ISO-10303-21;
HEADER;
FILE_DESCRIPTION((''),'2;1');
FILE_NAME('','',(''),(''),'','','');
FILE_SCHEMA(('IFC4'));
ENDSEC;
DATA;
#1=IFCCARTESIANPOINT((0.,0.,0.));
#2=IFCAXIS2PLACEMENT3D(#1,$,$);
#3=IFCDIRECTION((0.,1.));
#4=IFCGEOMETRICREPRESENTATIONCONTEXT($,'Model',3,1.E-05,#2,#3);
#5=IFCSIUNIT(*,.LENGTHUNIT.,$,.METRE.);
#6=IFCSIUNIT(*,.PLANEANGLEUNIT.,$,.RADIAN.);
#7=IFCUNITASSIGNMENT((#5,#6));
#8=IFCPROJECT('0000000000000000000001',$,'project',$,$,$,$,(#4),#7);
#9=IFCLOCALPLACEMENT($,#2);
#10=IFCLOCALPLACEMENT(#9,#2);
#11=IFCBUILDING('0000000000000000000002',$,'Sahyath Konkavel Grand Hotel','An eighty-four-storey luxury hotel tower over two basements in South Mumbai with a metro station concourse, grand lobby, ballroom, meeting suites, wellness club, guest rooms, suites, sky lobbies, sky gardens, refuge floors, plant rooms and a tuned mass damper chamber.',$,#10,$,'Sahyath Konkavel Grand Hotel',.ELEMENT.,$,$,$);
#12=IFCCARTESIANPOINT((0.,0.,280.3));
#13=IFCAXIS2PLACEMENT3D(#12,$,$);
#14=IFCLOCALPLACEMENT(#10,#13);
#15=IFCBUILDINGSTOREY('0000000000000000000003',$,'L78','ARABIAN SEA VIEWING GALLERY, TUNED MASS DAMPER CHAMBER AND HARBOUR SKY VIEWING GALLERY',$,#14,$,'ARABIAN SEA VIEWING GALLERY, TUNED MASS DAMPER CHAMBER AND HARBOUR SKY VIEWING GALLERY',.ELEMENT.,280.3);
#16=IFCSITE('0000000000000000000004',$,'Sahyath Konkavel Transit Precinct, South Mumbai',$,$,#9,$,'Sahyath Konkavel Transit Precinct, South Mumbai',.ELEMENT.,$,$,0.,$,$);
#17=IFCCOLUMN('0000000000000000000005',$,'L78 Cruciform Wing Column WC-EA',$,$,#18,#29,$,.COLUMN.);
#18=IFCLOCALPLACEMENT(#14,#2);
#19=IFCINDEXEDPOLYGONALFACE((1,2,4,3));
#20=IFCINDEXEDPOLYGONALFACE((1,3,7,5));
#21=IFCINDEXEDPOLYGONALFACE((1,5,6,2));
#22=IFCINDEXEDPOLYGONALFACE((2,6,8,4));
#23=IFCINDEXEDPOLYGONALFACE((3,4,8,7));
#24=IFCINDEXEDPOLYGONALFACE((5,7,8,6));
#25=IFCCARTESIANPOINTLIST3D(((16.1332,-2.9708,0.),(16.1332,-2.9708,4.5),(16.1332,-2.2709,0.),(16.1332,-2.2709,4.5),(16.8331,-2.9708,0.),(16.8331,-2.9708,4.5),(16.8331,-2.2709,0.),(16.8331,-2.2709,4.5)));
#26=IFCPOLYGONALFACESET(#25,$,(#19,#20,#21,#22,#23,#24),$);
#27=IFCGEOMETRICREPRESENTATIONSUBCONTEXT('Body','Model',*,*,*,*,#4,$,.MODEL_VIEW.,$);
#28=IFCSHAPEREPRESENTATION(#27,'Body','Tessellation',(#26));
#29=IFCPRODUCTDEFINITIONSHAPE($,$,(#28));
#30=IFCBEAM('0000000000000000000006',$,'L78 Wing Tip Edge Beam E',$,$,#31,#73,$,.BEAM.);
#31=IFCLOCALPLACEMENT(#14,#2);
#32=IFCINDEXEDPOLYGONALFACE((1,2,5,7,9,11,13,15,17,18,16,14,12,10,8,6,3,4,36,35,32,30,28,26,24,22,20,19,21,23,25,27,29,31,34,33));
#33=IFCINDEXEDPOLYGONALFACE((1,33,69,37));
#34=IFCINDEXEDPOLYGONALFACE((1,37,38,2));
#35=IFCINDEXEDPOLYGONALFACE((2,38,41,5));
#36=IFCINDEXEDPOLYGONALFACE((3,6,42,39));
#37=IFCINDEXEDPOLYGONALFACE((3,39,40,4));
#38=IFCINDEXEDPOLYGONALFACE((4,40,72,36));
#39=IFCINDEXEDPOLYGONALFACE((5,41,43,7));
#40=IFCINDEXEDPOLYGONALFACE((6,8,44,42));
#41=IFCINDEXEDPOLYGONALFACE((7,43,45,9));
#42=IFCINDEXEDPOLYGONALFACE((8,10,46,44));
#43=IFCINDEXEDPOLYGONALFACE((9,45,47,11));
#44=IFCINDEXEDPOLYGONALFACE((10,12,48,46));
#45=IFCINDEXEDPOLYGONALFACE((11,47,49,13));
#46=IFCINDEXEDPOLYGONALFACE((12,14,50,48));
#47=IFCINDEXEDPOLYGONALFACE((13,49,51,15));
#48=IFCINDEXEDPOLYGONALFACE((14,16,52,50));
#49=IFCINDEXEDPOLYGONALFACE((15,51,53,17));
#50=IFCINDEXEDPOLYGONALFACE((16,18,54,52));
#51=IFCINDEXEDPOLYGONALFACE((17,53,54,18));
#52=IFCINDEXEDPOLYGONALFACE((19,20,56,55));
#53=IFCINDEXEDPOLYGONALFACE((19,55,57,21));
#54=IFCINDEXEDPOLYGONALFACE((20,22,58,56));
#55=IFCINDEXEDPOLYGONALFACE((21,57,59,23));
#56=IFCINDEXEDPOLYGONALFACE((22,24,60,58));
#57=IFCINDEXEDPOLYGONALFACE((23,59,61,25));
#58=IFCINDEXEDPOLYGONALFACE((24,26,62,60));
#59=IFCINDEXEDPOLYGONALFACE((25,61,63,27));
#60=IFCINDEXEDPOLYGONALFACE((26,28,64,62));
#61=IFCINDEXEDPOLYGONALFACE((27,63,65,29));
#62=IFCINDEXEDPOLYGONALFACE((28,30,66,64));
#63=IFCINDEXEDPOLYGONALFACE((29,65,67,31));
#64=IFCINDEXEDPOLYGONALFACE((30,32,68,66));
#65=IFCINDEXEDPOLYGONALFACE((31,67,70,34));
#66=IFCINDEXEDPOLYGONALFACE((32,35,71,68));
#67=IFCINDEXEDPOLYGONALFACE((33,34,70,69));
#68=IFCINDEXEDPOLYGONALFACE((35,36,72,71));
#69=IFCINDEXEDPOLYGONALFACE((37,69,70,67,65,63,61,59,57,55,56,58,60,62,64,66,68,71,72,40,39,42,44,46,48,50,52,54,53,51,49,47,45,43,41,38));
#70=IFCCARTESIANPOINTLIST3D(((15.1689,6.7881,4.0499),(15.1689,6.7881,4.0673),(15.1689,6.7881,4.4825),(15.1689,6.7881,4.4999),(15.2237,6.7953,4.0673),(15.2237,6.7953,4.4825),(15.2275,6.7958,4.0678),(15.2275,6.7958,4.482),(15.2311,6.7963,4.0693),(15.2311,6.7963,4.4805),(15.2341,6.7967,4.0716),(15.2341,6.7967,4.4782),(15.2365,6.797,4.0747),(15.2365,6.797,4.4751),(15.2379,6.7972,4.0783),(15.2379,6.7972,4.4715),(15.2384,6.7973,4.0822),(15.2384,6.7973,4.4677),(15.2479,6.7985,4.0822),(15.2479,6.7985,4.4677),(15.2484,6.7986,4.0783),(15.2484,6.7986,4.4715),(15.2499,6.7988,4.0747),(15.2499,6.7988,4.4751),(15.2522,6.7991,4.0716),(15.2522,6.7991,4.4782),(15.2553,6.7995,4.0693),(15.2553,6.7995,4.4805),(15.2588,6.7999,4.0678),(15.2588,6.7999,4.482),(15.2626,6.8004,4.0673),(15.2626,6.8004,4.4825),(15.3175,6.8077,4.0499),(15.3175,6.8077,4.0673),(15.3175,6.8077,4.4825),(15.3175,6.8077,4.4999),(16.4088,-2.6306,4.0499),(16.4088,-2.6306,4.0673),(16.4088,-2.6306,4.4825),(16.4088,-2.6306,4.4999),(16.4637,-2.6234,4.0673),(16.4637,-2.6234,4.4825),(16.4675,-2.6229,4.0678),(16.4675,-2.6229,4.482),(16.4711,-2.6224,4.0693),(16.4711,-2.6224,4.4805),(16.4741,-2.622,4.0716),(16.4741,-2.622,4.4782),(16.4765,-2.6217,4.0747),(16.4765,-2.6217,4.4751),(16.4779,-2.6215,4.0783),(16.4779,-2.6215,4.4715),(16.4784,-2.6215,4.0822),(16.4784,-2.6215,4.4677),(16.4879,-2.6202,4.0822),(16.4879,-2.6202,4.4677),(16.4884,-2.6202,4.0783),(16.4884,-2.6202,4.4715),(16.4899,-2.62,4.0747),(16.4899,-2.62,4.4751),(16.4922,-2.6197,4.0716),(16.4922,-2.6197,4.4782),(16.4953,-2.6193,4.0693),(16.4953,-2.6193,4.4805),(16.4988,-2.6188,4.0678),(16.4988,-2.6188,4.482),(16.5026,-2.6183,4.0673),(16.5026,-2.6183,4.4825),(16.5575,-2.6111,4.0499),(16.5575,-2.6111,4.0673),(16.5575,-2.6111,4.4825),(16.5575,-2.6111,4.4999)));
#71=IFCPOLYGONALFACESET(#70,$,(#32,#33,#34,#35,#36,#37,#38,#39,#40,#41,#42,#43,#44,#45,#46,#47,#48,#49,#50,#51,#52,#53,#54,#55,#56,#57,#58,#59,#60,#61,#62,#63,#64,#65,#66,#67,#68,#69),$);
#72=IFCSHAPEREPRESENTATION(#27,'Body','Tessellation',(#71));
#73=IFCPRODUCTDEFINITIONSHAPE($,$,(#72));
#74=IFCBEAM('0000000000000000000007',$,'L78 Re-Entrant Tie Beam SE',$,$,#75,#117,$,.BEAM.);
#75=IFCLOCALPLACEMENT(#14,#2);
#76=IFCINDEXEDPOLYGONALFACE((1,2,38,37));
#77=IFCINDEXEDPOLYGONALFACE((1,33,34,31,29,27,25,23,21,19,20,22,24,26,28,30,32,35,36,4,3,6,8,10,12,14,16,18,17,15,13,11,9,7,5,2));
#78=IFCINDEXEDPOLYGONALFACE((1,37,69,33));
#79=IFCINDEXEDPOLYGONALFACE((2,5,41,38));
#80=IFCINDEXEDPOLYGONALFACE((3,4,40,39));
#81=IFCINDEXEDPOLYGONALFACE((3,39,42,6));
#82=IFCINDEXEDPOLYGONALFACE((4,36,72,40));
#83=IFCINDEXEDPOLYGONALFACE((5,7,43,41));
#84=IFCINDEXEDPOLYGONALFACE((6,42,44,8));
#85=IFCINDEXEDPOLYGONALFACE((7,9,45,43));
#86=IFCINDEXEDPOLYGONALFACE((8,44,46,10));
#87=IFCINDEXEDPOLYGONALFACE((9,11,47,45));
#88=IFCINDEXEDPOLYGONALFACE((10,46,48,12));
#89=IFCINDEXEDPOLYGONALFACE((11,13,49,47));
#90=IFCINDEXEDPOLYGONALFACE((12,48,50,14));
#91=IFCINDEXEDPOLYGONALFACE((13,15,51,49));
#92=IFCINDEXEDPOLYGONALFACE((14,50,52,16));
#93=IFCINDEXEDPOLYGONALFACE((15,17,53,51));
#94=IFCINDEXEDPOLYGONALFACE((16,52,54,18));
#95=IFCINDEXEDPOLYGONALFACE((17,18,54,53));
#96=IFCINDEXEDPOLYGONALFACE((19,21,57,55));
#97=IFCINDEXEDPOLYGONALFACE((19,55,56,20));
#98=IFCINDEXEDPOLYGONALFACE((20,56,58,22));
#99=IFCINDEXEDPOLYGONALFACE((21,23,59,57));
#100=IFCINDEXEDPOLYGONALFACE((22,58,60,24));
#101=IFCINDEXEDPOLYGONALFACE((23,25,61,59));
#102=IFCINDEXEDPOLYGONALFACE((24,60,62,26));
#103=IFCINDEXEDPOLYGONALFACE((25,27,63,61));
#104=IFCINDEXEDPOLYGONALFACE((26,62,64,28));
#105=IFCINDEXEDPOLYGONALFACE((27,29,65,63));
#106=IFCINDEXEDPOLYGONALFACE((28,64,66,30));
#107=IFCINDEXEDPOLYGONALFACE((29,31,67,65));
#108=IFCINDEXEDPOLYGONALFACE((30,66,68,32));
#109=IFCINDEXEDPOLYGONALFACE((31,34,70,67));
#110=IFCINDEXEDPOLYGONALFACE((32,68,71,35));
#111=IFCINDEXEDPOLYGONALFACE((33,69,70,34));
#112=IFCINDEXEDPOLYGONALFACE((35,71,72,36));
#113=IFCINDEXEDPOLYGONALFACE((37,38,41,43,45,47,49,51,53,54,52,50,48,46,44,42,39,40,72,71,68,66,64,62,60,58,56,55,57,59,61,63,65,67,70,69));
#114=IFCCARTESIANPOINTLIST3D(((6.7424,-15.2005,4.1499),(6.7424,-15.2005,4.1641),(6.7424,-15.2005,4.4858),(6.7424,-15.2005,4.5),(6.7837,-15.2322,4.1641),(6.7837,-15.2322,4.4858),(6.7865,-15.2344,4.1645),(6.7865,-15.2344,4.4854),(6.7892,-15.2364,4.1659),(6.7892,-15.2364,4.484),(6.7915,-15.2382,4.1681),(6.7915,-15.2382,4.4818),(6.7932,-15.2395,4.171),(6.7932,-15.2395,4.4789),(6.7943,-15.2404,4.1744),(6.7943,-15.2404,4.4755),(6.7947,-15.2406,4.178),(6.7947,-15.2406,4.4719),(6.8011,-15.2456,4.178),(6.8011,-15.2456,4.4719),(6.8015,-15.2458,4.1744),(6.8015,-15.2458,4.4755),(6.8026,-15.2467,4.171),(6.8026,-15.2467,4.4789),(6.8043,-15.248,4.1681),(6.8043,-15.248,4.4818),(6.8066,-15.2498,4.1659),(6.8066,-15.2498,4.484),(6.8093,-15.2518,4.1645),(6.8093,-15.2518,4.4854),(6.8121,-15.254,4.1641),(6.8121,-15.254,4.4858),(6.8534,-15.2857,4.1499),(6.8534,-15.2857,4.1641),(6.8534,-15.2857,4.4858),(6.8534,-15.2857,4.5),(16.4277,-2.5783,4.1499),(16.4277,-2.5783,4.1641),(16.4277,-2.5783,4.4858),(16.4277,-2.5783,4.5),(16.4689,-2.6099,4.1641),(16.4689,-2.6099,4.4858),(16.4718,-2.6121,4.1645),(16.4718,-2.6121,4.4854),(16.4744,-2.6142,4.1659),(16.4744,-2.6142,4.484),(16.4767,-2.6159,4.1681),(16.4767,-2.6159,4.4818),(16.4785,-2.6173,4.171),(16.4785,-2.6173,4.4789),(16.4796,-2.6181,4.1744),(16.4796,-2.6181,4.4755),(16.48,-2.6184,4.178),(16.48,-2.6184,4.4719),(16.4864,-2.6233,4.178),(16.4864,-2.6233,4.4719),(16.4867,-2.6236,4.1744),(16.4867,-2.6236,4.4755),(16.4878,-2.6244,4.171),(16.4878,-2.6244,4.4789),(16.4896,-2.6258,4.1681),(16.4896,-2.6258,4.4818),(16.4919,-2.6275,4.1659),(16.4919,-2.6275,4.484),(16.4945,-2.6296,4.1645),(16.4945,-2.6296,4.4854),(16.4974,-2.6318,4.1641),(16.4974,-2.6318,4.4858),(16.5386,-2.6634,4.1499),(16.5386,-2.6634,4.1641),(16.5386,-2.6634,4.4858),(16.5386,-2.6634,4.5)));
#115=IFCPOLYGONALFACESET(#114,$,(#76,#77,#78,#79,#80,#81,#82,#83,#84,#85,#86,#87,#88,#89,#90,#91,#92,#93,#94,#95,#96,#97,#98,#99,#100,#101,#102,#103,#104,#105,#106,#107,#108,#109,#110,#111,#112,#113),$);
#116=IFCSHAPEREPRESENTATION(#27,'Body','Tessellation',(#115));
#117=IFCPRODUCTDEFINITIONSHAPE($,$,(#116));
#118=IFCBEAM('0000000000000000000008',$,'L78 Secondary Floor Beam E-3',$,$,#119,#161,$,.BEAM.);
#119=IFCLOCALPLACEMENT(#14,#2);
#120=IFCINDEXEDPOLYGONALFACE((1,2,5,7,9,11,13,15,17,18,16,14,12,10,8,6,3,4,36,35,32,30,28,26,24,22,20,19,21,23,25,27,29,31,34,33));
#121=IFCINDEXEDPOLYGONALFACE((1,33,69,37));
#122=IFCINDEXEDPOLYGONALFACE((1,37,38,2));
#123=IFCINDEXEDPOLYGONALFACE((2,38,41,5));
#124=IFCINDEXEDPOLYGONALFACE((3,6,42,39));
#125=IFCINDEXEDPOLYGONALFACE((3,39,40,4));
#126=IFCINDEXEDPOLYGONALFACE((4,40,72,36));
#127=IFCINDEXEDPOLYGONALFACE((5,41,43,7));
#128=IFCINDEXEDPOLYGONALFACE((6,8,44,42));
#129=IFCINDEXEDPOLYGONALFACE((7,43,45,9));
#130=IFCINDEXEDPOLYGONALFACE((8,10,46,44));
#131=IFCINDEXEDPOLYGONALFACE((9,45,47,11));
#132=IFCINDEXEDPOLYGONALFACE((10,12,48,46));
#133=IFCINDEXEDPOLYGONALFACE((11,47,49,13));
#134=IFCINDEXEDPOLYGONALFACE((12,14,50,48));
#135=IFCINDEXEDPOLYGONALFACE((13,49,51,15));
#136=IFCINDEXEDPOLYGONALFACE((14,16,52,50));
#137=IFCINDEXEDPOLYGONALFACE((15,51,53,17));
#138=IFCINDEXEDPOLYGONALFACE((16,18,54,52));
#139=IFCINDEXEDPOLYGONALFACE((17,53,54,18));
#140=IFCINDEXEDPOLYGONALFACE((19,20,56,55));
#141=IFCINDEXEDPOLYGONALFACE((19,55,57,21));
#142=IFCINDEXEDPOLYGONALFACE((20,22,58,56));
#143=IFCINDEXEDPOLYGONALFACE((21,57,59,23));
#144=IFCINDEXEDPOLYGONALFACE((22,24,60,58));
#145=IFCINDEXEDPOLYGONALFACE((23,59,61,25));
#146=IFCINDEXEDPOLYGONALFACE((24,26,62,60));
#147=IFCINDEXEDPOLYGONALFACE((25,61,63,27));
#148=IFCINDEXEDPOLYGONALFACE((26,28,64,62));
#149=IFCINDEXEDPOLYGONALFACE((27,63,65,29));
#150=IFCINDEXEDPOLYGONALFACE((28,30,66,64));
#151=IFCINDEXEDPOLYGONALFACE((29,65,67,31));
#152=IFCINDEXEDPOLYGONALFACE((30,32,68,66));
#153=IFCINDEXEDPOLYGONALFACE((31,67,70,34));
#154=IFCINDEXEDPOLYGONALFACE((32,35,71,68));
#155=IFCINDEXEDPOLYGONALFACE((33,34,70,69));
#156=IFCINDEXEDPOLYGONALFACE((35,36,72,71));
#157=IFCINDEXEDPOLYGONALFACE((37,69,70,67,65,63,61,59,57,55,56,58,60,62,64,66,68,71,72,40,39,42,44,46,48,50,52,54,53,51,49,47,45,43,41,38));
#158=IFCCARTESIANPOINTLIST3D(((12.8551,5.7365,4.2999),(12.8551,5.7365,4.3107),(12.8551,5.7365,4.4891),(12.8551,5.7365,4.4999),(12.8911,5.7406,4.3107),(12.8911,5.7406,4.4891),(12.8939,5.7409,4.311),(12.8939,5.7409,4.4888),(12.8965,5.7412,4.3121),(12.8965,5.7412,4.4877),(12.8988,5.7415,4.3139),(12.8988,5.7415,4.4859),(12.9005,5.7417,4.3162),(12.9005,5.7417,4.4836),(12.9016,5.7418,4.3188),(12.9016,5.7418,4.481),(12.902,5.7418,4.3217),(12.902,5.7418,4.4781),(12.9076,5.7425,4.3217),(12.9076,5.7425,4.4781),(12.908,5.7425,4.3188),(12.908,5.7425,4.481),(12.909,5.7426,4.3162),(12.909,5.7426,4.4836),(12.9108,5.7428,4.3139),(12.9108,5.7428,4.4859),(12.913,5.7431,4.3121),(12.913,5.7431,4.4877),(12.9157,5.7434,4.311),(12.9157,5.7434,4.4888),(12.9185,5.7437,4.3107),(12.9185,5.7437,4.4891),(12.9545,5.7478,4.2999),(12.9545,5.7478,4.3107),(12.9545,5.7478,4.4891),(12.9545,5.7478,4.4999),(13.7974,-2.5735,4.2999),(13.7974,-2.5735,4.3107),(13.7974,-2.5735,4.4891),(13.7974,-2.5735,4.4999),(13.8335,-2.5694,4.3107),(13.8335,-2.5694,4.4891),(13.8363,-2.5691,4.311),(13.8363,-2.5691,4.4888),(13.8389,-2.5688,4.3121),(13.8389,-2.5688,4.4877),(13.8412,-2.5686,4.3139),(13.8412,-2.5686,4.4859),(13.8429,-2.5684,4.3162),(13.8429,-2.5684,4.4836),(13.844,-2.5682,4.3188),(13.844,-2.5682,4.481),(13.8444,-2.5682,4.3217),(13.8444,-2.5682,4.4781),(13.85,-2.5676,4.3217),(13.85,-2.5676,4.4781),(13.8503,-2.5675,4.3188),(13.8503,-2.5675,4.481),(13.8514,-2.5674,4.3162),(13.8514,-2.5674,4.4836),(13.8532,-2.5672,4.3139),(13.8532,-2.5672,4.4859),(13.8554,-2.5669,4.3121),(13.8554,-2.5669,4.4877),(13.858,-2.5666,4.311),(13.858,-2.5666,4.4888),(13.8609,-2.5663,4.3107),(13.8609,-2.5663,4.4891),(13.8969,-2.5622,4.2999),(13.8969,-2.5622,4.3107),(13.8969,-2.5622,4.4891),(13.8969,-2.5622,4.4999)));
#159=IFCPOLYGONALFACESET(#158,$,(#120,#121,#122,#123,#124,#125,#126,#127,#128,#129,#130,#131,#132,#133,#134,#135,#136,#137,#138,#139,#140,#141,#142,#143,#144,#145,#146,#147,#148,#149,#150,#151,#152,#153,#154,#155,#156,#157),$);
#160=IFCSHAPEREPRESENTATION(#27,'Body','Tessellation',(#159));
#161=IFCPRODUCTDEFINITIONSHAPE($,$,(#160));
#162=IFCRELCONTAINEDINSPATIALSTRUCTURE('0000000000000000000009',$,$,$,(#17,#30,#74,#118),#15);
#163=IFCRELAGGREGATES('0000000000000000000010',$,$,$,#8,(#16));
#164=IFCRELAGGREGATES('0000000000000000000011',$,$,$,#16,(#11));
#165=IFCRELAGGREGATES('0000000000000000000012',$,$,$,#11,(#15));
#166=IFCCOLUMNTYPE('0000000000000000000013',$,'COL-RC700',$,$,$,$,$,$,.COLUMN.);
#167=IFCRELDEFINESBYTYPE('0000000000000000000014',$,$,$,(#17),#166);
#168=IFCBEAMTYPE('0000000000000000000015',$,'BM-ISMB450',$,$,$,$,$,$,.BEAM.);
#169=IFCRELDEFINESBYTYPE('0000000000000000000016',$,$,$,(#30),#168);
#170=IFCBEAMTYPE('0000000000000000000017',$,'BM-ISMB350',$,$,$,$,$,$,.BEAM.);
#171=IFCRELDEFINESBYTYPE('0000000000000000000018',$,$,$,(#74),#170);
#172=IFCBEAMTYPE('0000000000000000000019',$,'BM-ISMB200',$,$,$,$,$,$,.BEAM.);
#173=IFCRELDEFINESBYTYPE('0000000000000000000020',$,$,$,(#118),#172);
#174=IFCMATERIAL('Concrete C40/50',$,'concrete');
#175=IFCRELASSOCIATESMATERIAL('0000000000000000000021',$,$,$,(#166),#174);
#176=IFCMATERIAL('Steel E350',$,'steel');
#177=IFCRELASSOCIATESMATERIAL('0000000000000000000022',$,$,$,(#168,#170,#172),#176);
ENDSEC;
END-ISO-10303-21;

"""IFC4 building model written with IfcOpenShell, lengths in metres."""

from ifc_helpers import new_model, si_unit, direction, frame, origin, origin_2d, place, context, subcontext, project, spatial, rectangle, i_section, extrude, source, transform, mapped, material, material_profile, profile_set, type_object, element, save


model = new_model("IFC4")

# Units and contexts
model_context = context("Model", 3, precision=1e-05, world=origin(), true_north=direction((0.0, 1.0)))
body_context = subcontext(model_context, "Body", "Model", "MODEL_VIEW")
ifc_project = project(units=[si_unit("LENGTHUNIT", "METRE"), si_unit("PLANEANGLEUNIT", "RADIAN")], contexts=[model_context])

# Site, building, storey
site_placement = place(None, origin())
site = spatial("IfcSite", under=ifc_project, at=site_placement, Name="Sahyath Konkavel Transit Precinct, South Mumbai", LongName="Sahyath Konkavel Transit Precinct, South Mumbai", CompositionType="ELEMENT", RefElevation=0.0)
building_placement = place(site_placement, origin())
building = spatial("IfcBuilding", under=site, at=building_placement, Name="Sahyath Konkavel Grand Hotel", Description="An eighty-four-storey luxury hotel tower over two basements in South Mumbai with a metro station concourse, grand lobby, ballroom, meeting suites, wellness club, guest rooms, suites, sky lobbies, sky gardens, refuge floors, plant rooms and a tuned mass damper chamber.", LongName="Sahyath Konkavel Grand Hotel", CompositionType="ELEMENT")
storey_placement = place(building_placement, frame((0.0, 0.0, 280.3)))
storey = spatial("IfcBuildingStorey", under=building, at=storey_placement, Name="L78", Description="ARABIAN SEA VIEWING GALLERY, TUNED MASS DAMPER CHAMBER AND HARBOUR SKY VIEWING GALLERY", LongName="ARABIAN SEA VIEWING GALLERY, TUNED MASS DAMPER CHAMBER AND HARBOUR SKY VIEWING GALLERY", CompositionType="ELEMENT", Elevation=280.3)

# Column
ifc_material_1 = material(Name="Concrete C40/50", Category="concrete")
ifc_material_profile_1 = material_profile(ifc_material_1, rectangle(XDim=0.7, YDim=0.7, at=origin_2d()), Name="RC 700x700")
ifc_profile_set_1 = profile_set([ifc_material_profile_1], Name="Concrete C40/50")
column_type = type_object("IfcColumnType", Name="COL-RC700", PredefinedType="COLUMN", material=ifc_profile_set_1)
shared_shape_1 = source(origin(), body_context, "Body", "SweptSolid", [
    extrude(rectangle(XDim=0.7, YDim=0.7, at=origin_2d()), origin(), (0.0, 0.0, 1.0), 4.5),
])
column_placement = place(storey_placement, frame((16.4832, -2.6208, 0.0), z_axis=(0.0, 0.0, 1.0), x_axis=(1.0, 0.0, 0.0)))
element("IfcColumn", 1, at=column_placement, inside=storey, type_object=column_type, Name="L78 Cruciform Wing Column WC-EA", PredefinedType="COLUMN", context=body_context, shape_type="MappedRepresentation", body=[
    mapped(shared_shape_1, transform((0.0, 0.0, 0.0), scale=1.0)),
])

# Beams
ifc_material_2 = material(Name="Steel E350", Category="steel")
ifc_material_profile_2 = material_profile(ifc_material_2, i_section(OverallWidth=0.1499, OverallDepth=0.45, WebThickness=0.0095, FlangeThickness=0.0173, FilletRadius=0.0149, at=origin_2d()), Name="ISMB 450")
ifc_profile_set_2 = profile_set([ifc_material_profile_2], Name="Steel E350")
beam_type_1 = type_object("IfcBeamType", Name="BM-ISMB450", PredefinedType="BEAM", material=ifc_profile_set_2)
shared_shape_2 = source(origin(), body_context, "Body", "SweptSolid", [
    extrude(i_section(OverallWidth=0.1499, OverallDepth=0.45, WebThickness=0.0095, FlangeThickness=0.0173, FilletRadius=0.0149, at=origin_2d()), origin(), (0.0, 0.0, 1.0), 9.5),
])
beam_1_placement = place(storey_placement, frame((16.4832, -2.6208, 4.2749), z_axis=(-0.130526, 0.991445, 0.0), x_axis=(-0.991445, -0.130526, 0.0)))
element("IfcBeam", 2, at=beam_1_placement, inside=storey, type_object=beam_type_1, Name="L78 Wing Tip Edge Beam E", PredefinedType="BEAM", context=body_context, shape_type="MappedRepresentation", body=[
    mapped(shared_shape_2, transform((0.0, 0.0, 0.0), scale=1.0)),
])
ifc_material_profile_3 = material_profile(ifc_material_2, i_section(OverallWidth=0.1399, OverallDepth=0.3501, WebThickness=0.0081, FlangeThickness=0.0142, FilletRadius=0.0139, at=origin_2d()), Name="ISMB 350")
ifc_profile_set_3 = profile_set([ifc_material_profile_3], Name="Steel E350")
beam_type_2 = type_object("IfcBeamType", Name="BM-ISMB350", PredefinedType="BEAM", material=ifc_profile_set_3)
shared_shape_3 = source(origin(), body_context, "Body", "SweptSolid", [
    extrude(i_section(OverallWidth=0.1399, OverallDepth=0.3501, WebThickness=0.0081, FlangeThickness=0.0142, FilletRadius=0.0139, at=origin_2d()), origin(), (0.0, 0.0, 1.0), 15.9099),
])
beam_2_placement = place(storey_placement, frame((16.4832, -2.6208, 4.325), z_axis=(-0.608756, -0.793358, 0.0), x_axis=(0.793358, -0.608756, 0.0)))
element("IfcBeam", 3, at=beam_2_placement, inside=storey, type_object=beam_type_2, Name="L78 Re-Entrant Tie Beam SE", PredefinedType="BEAM", context=body_context, shape_type="MappedRepresentation", body=[
    mapped(shared_shape_3, transform((0.0, 0.0, 0.0), scale=1.0)),
])
ifc_material_profile_4 = material_profile(ifc_material_2, i_section(OverallWidth=0.1001, OverallDepth=0.2, WebThickness=0.0056, FlangeThickness=0.0107, FilletRadius=0.011, at=origin_2d()), Name="ISMB 200")
ifc_profile_set_4 = profile_set([ifc_material_profile_4], Name="Steel E350")
beam_type_3 = type_object("IfcBeamType", Name="BM-ISMB200", PredefinedType="BEAM", material=ifc_profile_set_4)
shared_shape_4 = source(origin(), body_context, "Body", "SweptSolid", [
    extrude(i_section(OverallWidth=0.1001, OverallDepth=0.2, WebThickness=0.0056, FlangeThickness=0.0107, FilletRadius=0.011, at=origin_2d()), origin(), (0.0, 0.0, 1.0), 8.3633),
])
beam_3_placement = place(storey_placement, frame((13.8472, -2.5679, 4.3999), z_axis=(-0.11268, 0.993631, 0.0), x_axis=(-0.993631, -0.11268, 0.0)))
element("IfcBeam", 4, at=beam_3_placement, inside=storey, type_object=beam_type_3, Name="L78 Secondary Floor Beam E-3", PredefinedType="BEAM", context=body_context, shape_type="MappedRepresentation", body=[
    mapped(shared_shape_4, transform((0.0, 0.0, 0.0), scale=1.0)),
])

save(model, "model.ifc")
